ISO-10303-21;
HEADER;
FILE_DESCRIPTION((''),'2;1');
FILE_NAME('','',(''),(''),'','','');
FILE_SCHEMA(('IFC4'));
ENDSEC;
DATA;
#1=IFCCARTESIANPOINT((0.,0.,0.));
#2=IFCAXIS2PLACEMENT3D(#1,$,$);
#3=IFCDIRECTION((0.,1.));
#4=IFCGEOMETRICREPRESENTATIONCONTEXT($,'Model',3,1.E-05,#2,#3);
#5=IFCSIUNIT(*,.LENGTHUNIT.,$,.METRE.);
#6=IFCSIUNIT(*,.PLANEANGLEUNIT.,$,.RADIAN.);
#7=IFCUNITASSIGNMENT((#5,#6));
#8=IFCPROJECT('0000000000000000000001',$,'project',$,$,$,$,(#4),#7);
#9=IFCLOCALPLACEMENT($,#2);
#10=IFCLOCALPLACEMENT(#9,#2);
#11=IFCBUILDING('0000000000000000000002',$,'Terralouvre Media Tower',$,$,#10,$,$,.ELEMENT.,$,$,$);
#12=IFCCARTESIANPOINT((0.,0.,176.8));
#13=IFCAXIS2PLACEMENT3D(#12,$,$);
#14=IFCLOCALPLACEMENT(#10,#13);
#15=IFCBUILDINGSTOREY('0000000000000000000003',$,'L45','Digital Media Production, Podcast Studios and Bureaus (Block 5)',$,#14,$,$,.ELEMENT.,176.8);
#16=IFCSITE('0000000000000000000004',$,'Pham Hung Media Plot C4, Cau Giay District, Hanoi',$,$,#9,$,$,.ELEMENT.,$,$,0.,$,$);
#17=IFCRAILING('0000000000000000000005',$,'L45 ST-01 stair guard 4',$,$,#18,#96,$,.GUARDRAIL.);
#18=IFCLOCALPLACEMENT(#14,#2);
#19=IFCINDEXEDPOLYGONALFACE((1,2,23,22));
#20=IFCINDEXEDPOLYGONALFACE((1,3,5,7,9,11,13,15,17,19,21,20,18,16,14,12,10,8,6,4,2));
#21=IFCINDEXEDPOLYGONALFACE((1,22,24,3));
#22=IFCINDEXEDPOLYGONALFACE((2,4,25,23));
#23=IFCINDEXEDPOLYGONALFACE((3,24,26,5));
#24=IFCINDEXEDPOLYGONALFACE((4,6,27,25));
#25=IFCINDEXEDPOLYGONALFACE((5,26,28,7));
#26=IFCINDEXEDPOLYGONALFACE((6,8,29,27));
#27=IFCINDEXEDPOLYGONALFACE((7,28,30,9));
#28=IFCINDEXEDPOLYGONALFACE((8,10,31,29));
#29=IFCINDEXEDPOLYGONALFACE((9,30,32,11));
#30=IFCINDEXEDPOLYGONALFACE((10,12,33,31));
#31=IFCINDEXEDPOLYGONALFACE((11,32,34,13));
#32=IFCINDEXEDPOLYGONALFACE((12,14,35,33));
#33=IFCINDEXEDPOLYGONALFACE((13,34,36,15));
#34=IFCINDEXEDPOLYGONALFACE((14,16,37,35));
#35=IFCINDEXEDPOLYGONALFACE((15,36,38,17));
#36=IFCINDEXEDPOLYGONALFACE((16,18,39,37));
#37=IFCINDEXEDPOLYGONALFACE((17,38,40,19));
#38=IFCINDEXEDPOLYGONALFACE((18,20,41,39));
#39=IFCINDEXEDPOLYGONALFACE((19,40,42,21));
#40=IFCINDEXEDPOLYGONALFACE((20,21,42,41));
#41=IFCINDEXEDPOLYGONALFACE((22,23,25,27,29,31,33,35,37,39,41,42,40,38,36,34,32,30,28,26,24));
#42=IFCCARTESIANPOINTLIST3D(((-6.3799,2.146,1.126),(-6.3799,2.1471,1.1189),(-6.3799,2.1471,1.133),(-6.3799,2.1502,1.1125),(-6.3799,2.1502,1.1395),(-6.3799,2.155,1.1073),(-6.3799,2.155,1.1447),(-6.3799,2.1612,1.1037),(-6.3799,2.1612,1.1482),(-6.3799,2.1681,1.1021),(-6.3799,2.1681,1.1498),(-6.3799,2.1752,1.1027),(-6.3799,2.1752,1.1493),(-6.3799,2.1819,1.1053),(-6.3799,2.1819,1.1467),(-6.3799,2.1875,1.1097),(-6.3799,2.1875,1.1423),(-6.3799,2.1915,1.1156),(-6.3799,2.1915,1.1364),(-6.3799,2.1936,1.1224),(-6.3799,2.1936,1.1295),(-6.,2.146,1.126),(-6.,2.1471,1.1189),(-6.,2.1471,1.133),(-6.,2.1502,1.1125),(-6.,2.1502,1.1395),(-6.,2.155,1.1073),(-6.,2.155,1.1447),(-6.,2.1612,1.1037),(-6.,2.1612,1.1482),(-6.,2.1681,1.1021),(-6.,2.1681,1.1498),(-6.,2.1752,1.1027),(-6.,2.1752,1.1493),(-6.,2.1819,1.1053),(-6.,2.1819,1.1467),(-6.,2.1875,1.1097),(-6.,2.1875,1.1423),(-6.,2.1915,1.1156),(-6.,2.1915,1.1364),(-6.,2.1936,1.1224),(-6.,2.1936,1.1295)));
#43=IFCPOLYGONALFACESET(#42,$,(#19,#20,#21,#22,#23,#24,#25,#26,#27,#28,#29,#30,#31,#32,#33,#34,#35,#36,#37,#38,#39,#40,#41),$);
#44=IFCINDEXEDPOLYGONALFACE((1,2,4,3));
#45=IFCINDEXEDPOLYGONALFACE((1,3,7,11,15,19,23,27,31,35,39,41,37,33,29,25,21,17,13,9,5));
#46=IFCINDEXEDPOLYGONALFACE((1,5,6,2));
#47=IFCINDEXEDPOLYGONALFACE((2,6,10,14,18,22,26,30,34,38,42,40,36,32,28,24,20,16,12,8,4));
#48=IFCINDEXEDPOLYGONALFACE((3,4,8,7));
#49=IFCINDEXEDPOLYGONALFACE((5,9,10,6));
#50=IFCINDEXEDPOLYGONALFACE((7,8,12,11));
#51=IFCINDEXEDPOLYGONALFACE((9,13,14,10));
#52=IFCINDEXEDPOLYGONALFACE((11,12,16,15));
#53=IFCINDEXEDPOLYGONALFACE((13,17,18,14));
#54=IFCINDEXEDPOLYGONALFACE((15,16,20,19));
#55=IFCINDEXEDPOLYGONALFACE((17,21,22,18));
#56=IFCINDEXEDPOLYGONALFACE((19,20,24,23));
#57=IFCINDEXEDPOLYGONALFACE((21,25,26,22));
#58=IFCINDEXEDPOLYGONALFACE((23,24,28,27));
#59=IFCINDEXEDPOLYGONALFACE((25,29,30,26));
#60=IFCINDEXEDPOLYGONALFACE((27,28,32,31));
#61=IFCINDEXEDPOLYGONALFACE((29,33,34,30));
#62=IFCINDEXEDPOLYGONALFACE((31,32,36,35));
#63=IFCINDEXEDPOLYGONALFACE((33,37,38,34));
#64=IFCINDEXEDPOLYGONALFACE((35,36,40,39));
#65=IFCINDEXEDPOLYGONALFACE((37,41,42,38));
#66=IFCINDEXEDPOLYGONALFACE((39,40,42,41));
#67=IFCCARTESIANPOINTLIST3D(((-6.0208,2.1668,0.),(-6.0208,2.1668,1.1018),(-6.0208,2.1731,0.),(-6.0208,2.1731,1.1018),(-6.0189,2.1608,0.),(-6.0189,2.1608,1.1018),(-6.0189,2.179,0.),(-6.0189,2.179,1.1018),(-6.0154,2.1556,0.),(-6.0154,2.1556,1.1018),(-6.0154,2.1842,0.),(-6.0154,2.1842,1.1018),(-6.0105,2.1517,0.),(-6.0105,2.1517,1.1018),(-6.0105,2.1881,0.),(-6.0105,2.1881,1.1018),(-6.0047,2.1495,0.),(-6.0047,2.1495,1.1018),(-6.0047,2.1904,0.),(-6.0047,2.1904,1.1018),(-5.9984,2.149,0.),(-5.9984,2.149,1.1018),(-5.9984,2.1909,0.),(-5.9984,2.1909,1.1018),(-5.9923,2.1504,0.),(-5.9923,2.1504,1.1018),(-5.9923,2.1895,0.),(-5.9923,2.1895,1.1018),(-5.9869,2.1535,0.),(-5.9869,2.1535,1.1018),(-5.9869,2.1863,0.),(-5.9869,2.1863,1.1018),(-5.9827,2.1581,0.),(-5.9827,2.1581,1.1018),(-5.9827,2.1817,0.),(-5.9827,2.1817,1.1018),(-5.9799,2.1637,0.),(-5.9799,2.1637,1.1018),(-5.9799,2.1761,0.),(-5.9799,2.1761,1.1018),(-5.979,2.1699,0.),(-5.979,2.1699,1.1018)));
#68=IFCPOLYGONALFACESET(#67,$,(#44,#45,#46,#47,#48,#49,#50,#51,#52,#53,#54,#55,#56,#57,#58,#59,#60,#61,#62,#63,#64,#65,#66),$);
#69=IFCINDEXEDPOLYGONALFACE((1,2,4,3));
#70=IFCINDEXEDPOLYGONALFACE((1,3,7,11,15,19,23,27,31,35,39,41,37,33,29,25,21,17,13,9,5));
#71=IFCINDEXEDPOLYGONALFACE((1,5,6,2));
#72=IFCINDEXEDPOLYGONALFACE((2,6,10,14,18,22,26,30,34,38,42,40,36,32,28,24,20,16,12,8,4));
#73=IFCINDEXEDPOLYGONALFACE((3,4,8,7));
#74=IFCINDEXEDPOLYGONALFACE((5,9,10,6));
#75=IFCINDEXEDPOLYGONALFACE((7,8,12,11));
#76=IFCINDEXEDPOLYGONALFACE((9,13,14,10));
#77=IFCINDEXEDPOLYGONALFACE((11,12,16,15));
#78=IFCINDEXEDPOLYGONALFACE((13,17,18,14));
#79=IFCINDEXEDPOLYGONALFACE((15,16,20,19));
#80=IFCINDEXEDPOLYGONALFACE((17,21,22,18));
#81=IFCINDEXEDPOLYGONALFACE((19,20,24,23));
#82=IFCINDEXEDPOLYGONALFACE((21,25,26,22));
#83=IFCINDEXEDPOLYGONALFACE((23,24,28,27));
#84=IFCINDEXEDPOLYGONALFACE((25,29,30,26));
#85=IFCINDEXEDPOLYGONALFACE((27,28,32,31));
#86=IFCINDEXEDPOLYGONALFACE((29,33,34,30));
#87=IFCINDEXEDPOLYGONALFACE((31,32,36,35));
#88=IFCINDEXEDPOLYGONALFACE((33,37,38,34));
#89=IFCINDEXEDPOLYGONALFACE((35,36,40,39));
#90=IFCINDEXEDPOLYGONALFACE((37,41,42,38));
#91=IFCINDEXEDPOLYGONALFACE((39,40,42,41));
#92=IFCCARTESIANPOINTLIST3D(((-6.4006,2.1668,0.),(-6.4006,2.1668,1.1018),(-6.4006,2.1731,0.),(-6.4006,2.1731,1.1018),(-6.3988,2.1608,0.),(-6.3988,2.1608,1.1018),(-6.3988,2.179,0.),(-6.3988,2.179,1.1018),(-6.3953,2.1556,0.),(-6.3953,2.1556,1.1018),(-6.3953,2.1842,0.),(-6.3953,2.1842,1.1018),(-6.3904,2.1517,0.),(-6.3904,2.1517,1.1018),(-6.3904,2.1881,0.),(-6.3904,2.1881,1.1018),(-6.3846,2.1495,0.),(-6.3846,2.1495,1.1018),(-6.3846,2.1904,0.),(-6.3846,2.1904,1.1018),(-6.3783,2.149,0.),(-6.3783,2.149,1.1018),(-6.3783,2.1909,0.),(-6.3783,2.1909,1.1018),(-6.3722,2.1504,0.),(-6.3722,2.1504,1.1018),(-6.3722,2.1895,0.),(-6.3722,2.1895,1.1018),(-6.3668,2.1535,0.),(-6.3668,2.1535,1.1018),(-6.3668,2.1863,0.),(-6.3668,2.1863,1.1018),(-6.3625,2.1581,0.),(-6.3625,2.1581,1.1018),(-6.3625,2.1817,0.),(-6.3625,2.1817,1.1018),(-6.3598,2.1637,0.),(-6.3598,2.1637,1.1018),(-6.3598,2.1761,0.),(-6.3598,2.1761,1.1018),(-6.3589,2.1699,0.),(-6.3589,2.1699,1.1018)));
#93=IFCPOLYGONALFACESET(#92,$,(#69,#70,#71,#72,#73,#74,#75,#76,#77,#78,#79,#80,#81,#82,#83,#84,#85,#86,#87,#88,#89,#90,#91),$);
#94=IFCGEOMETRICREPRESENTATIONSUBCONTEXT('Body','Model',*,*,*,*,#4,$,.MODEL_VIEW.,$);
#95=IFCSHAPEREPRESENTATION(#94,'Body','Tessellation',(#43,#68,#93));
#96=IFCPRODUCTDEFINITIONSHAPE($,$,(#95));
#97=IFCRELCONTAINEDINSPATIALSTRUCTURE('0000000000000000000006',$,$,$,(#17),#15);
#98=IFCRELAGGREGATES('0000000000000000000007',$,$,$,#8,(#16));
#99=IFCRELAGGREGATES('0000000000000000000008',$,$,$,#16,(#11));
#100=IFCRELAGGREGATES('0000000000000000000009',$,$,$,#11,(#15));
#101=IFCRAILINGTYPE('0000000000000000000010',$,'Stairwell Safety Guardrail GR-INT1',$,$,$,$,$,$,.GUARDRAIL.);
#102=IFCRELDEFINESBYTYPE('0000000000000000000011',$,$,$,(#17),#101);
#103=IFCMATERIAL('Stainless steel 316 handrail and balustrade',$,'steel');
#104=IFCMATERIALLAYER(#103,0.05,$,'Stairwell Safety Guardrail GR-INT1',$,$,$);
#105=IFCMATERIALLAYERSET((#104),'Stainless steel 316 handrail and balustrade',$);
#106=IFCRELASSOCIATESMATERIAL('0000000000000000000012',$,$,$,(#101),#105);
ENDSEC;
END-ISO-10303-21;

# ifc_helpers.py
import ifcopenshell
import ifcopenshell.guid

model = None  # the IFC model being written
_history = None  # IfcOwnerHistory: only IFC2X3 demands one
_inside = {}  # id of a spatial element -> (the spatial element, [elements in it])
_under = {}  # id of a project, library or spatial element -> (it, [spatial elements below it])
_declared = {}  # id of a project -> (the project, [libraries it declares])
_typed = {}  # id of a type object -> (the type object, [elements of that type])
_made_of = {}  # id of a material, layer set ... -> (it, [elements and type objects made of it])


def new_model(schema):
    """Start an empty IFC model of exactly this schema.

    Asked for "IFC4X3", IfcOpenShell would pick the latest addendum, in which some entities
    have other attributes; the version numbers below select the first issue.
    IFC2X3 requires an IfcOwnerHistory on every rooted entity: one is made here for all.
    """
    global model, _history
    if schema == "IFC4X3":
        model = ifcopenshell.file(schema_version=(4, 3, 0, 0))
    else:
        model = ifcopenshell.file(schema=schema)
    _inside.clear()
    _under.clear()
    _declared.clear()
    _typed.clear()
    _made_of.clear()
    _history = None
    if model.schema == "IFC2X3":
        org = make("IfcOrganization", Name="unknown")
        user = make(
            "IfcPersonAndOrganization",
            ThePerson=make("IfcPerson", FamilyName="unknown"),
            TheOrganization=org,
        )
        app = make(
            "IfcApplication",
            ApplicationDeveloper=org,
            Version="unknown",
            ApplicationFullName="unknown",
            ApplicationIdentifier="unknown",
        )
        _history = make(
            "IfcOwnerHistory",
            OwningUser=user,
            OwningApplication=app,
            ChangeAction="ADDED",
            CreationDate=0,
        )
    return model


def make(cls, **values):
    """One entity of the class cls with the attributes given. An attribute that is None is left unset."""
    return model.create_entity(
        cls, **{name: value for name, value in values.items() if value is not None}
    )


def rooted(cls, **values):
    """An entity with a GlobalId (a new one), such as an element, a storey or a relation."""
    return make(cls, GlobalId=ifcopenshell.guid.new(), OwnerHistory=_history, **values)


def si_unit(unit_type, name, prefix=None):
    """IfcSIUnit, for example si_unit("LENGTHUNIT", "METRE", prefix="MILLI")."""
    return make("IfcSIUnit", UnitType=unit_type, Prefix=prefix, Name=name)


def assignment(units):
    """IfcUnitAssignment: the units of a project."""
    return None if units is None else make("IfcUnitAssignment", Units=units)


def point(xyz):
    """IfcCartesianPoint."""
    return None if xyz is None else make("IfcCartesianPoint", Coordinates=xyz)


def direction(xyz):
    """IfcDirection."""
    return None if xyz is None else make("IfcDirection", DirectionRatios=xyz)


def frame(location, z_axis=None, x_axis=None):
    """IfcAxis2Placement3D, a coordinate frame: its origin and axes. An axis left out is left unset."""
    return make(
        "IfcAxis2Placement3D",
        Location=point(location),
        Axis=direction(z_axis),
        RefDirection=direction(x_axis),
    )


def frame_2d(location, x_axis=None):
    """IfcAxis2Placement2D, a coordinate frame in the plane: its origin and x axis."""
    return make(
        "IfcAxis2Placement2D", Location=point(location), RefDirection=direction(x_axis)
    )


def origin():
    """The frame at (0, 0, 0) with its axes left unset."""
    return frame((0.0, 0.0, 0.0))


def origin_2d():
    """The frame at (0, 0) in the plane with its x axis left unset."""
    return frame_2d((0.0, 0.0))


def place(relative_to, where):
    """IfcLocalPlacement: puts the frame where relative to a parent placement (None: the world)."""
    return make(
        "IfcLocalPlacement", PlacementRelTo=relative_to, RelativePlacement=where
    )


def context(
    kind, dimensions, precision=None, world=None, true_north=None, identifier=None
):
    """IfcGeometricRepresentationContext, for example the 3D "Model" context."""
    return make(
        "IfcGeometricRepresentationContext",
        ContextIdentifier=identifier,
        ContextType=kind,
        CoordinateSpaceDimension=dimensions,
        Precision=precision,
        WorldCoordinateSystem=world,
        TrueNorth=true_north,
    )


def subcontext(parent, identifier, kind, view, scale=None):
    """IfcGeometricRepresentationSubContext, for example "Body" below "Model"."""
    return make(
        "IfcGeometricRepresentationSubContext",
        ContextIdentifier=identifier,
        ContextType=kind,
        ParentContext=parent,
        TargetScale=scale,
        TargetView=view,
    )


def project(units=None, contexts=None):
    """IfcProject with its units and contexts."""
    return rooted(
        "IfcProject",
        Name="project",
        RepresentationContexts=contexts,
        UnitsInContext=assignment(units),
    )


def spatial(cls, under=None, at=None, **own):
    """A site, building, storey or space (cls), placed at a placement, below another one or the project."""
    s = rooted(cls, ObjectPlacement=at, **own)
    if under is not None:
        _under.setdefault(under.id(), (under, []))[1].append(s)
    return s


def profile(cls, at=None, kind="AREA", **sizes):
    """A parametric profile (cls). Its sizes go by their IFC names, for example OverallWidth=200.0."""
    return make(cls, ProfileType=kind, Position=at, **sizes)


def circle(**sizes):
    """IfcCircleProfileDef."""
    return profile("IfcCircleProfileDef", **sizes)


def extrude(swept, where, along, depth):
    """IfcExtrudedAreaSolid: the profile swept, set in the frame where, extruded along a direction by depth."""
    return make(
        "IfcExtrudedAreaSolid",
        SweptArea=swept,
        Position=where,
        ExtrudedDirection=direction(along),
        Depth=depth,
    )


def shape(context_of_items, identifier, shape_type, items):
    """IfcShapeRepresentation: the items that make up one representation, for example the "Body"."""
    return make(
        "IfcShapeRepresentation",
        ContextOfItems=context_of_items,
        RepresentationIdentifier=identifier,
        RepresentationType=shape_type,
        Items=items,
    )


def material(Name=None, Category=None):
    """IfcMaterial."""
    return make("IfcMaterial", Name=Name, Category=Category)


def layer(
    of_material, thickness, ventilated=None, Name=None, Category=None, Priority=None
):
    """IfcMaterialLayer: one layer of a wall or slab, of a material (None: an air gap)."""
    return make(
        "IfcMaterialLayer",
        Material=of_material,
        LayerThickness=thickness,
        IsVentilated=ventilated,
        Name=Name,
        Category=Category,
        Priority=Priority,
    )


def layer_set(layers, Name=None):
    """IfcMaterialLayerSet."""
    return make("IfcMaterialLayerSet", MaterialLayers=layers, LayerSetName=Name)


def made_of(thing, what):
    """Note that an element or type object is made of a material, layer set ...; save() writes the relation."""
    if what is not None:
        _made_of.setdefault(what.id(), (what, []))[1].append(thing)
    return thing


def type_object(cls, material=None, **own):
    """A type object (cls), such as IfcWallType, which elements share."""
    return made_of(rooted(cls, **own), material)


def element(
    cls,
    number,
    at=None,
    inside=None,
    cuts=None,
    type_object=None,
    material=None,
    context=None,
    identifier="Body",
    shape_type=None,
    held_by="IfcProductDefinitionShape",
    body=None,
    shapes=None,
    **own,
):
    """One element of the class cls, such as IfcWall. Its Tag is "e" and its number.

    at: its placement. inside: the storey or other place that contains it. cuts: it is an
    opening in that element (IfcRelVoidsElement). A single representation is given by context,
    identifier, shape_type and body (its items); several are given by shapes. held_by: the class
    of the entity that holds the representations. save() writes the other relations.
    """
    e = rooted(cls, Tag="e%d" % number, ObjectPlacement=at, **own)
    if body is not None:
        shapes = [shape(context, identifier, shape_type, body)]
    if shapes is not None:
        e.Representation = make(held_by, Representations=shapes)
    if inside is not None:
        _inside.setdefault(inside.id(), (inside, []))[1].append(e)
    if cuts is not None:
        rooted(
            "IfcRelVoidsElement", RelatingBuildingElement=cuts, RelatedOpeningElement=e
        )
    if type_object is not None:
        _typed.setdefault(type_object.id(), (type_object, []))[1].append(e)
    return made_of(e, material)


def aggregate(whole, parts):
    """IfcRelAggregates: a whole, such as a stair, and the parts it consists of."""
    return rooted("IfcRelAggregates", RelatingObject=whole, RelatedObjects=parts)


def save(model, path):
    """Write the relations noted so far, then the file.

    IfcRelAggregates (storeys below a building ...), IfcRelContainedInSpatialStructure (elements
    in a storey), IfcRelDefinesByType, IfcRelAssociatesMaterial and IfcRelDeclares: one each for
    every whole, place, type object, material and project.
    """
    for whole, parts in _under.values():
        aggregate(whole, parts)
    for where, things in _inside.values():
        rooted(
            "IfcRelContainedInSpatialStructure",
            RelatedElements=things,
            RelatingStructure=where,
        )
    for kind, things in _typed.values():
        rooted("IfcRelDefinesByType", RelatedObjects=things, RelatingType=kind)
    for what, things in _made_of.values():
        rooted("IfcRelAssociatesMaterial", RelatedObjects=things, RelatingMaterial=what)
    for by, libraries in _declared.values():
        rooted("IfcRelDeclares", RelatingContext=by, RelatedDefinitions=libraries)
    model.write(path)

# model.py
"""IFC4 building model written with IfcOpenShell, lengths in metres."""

from ifc_helpers import new_model, si_unit, direction, frame, origin, origin_2d, place, context, subcontext, project, spatial, circle, extrude, material, layer, layer_set, type_object, element, save


model = new_model("IFC4")

# Units and contexts
model_context = context("Model", 3, precision=1e-05, world=origin(), true_north=direction((0.0, 1.0)))
body_context = subcontext(model_context, "Body", "Model", "MODEL_VIEW")
ifc_project = project(units=[si_unit("LENGTHUNIT", "METRE"), si_unit("PLANEANGLEUNIT", "RADIAN")], contexts=[model_context])

# Site, building, storey
site_placement = place(None, origin())
site = spatial("IfcSite", under=ifc_project, at=site_placement, Name="Pham Hung Media Plot C4, Cau Giay District, Hanoi", CompositionType="ELEMENT", RefElevation=0.0)
building_placement = place(site_placement, origin())
building = spatial("IfcBuilding", under=site, at=building_placement, Name="Terralouvre Media Tower", CompositionType="ELEMENT")
storey_placement = place(building_placement, frame((0.0, 0.0, 176.8)))
storey = spatial("IfcBuildingStorey", under=building, at=storey_placement, Name="L45", Description="Digital Media Production, Podcast Studios and Bureaus (Block 5)", CompositionType="ELEMENT", Elevation=176.8)

# Railing
ifc_material_1 = material(Name="Stainless steel 316 handrail and balustrade", Category="steel")
ifc_layer_1 = layer(ifc_material_1, 0.05, Name="Stairwell Safety Guardrail GR-INT1")
ifc_layer_set_1 = layer_set([ifc_layer_1], Name="Stainless steel 316 handrail and balustrade")
railing_type_1 = type_object("IfcRailingType", Name="Stairwell Safety Guardrail GR-INT1", PredefinedType="GUARDRAIL", material=ifc_layer_set_1)
railing_1_placement = place(storey_placement, frame((-6.0, 2.1699, 0.0)))
element("IfcRailing", 1, at=railing_1_placement, inside=storey, type_object=railing_type_1, Name="L45 ST-01 stair guard 4", PredefinedType="GUARDRAIL", context=body_context, shape_type="SweptSolid", body=[
    extrude(circle(Radius=0.0239, at=origin_2d()), frame((0.0, 0.0, 1.126), z_axis=(-1.0, 0.0, 0.0), x_axis=(0.0, -1.0, 0.0)), (0.0, 0.0, 1.0), 0.3799),
    extrude(circle(Radius=0.021, at=origin_2d()), origin(), (0.0, 0.0, 1.0), 1.1018),
    extrude(circle(Radius=0.021, at=origin_2d()), frame((-0.3799, 0.0, 0.0)), (0.0, 0.0, 1.0), 1.1018),
])

save(model, "model.ifc")
